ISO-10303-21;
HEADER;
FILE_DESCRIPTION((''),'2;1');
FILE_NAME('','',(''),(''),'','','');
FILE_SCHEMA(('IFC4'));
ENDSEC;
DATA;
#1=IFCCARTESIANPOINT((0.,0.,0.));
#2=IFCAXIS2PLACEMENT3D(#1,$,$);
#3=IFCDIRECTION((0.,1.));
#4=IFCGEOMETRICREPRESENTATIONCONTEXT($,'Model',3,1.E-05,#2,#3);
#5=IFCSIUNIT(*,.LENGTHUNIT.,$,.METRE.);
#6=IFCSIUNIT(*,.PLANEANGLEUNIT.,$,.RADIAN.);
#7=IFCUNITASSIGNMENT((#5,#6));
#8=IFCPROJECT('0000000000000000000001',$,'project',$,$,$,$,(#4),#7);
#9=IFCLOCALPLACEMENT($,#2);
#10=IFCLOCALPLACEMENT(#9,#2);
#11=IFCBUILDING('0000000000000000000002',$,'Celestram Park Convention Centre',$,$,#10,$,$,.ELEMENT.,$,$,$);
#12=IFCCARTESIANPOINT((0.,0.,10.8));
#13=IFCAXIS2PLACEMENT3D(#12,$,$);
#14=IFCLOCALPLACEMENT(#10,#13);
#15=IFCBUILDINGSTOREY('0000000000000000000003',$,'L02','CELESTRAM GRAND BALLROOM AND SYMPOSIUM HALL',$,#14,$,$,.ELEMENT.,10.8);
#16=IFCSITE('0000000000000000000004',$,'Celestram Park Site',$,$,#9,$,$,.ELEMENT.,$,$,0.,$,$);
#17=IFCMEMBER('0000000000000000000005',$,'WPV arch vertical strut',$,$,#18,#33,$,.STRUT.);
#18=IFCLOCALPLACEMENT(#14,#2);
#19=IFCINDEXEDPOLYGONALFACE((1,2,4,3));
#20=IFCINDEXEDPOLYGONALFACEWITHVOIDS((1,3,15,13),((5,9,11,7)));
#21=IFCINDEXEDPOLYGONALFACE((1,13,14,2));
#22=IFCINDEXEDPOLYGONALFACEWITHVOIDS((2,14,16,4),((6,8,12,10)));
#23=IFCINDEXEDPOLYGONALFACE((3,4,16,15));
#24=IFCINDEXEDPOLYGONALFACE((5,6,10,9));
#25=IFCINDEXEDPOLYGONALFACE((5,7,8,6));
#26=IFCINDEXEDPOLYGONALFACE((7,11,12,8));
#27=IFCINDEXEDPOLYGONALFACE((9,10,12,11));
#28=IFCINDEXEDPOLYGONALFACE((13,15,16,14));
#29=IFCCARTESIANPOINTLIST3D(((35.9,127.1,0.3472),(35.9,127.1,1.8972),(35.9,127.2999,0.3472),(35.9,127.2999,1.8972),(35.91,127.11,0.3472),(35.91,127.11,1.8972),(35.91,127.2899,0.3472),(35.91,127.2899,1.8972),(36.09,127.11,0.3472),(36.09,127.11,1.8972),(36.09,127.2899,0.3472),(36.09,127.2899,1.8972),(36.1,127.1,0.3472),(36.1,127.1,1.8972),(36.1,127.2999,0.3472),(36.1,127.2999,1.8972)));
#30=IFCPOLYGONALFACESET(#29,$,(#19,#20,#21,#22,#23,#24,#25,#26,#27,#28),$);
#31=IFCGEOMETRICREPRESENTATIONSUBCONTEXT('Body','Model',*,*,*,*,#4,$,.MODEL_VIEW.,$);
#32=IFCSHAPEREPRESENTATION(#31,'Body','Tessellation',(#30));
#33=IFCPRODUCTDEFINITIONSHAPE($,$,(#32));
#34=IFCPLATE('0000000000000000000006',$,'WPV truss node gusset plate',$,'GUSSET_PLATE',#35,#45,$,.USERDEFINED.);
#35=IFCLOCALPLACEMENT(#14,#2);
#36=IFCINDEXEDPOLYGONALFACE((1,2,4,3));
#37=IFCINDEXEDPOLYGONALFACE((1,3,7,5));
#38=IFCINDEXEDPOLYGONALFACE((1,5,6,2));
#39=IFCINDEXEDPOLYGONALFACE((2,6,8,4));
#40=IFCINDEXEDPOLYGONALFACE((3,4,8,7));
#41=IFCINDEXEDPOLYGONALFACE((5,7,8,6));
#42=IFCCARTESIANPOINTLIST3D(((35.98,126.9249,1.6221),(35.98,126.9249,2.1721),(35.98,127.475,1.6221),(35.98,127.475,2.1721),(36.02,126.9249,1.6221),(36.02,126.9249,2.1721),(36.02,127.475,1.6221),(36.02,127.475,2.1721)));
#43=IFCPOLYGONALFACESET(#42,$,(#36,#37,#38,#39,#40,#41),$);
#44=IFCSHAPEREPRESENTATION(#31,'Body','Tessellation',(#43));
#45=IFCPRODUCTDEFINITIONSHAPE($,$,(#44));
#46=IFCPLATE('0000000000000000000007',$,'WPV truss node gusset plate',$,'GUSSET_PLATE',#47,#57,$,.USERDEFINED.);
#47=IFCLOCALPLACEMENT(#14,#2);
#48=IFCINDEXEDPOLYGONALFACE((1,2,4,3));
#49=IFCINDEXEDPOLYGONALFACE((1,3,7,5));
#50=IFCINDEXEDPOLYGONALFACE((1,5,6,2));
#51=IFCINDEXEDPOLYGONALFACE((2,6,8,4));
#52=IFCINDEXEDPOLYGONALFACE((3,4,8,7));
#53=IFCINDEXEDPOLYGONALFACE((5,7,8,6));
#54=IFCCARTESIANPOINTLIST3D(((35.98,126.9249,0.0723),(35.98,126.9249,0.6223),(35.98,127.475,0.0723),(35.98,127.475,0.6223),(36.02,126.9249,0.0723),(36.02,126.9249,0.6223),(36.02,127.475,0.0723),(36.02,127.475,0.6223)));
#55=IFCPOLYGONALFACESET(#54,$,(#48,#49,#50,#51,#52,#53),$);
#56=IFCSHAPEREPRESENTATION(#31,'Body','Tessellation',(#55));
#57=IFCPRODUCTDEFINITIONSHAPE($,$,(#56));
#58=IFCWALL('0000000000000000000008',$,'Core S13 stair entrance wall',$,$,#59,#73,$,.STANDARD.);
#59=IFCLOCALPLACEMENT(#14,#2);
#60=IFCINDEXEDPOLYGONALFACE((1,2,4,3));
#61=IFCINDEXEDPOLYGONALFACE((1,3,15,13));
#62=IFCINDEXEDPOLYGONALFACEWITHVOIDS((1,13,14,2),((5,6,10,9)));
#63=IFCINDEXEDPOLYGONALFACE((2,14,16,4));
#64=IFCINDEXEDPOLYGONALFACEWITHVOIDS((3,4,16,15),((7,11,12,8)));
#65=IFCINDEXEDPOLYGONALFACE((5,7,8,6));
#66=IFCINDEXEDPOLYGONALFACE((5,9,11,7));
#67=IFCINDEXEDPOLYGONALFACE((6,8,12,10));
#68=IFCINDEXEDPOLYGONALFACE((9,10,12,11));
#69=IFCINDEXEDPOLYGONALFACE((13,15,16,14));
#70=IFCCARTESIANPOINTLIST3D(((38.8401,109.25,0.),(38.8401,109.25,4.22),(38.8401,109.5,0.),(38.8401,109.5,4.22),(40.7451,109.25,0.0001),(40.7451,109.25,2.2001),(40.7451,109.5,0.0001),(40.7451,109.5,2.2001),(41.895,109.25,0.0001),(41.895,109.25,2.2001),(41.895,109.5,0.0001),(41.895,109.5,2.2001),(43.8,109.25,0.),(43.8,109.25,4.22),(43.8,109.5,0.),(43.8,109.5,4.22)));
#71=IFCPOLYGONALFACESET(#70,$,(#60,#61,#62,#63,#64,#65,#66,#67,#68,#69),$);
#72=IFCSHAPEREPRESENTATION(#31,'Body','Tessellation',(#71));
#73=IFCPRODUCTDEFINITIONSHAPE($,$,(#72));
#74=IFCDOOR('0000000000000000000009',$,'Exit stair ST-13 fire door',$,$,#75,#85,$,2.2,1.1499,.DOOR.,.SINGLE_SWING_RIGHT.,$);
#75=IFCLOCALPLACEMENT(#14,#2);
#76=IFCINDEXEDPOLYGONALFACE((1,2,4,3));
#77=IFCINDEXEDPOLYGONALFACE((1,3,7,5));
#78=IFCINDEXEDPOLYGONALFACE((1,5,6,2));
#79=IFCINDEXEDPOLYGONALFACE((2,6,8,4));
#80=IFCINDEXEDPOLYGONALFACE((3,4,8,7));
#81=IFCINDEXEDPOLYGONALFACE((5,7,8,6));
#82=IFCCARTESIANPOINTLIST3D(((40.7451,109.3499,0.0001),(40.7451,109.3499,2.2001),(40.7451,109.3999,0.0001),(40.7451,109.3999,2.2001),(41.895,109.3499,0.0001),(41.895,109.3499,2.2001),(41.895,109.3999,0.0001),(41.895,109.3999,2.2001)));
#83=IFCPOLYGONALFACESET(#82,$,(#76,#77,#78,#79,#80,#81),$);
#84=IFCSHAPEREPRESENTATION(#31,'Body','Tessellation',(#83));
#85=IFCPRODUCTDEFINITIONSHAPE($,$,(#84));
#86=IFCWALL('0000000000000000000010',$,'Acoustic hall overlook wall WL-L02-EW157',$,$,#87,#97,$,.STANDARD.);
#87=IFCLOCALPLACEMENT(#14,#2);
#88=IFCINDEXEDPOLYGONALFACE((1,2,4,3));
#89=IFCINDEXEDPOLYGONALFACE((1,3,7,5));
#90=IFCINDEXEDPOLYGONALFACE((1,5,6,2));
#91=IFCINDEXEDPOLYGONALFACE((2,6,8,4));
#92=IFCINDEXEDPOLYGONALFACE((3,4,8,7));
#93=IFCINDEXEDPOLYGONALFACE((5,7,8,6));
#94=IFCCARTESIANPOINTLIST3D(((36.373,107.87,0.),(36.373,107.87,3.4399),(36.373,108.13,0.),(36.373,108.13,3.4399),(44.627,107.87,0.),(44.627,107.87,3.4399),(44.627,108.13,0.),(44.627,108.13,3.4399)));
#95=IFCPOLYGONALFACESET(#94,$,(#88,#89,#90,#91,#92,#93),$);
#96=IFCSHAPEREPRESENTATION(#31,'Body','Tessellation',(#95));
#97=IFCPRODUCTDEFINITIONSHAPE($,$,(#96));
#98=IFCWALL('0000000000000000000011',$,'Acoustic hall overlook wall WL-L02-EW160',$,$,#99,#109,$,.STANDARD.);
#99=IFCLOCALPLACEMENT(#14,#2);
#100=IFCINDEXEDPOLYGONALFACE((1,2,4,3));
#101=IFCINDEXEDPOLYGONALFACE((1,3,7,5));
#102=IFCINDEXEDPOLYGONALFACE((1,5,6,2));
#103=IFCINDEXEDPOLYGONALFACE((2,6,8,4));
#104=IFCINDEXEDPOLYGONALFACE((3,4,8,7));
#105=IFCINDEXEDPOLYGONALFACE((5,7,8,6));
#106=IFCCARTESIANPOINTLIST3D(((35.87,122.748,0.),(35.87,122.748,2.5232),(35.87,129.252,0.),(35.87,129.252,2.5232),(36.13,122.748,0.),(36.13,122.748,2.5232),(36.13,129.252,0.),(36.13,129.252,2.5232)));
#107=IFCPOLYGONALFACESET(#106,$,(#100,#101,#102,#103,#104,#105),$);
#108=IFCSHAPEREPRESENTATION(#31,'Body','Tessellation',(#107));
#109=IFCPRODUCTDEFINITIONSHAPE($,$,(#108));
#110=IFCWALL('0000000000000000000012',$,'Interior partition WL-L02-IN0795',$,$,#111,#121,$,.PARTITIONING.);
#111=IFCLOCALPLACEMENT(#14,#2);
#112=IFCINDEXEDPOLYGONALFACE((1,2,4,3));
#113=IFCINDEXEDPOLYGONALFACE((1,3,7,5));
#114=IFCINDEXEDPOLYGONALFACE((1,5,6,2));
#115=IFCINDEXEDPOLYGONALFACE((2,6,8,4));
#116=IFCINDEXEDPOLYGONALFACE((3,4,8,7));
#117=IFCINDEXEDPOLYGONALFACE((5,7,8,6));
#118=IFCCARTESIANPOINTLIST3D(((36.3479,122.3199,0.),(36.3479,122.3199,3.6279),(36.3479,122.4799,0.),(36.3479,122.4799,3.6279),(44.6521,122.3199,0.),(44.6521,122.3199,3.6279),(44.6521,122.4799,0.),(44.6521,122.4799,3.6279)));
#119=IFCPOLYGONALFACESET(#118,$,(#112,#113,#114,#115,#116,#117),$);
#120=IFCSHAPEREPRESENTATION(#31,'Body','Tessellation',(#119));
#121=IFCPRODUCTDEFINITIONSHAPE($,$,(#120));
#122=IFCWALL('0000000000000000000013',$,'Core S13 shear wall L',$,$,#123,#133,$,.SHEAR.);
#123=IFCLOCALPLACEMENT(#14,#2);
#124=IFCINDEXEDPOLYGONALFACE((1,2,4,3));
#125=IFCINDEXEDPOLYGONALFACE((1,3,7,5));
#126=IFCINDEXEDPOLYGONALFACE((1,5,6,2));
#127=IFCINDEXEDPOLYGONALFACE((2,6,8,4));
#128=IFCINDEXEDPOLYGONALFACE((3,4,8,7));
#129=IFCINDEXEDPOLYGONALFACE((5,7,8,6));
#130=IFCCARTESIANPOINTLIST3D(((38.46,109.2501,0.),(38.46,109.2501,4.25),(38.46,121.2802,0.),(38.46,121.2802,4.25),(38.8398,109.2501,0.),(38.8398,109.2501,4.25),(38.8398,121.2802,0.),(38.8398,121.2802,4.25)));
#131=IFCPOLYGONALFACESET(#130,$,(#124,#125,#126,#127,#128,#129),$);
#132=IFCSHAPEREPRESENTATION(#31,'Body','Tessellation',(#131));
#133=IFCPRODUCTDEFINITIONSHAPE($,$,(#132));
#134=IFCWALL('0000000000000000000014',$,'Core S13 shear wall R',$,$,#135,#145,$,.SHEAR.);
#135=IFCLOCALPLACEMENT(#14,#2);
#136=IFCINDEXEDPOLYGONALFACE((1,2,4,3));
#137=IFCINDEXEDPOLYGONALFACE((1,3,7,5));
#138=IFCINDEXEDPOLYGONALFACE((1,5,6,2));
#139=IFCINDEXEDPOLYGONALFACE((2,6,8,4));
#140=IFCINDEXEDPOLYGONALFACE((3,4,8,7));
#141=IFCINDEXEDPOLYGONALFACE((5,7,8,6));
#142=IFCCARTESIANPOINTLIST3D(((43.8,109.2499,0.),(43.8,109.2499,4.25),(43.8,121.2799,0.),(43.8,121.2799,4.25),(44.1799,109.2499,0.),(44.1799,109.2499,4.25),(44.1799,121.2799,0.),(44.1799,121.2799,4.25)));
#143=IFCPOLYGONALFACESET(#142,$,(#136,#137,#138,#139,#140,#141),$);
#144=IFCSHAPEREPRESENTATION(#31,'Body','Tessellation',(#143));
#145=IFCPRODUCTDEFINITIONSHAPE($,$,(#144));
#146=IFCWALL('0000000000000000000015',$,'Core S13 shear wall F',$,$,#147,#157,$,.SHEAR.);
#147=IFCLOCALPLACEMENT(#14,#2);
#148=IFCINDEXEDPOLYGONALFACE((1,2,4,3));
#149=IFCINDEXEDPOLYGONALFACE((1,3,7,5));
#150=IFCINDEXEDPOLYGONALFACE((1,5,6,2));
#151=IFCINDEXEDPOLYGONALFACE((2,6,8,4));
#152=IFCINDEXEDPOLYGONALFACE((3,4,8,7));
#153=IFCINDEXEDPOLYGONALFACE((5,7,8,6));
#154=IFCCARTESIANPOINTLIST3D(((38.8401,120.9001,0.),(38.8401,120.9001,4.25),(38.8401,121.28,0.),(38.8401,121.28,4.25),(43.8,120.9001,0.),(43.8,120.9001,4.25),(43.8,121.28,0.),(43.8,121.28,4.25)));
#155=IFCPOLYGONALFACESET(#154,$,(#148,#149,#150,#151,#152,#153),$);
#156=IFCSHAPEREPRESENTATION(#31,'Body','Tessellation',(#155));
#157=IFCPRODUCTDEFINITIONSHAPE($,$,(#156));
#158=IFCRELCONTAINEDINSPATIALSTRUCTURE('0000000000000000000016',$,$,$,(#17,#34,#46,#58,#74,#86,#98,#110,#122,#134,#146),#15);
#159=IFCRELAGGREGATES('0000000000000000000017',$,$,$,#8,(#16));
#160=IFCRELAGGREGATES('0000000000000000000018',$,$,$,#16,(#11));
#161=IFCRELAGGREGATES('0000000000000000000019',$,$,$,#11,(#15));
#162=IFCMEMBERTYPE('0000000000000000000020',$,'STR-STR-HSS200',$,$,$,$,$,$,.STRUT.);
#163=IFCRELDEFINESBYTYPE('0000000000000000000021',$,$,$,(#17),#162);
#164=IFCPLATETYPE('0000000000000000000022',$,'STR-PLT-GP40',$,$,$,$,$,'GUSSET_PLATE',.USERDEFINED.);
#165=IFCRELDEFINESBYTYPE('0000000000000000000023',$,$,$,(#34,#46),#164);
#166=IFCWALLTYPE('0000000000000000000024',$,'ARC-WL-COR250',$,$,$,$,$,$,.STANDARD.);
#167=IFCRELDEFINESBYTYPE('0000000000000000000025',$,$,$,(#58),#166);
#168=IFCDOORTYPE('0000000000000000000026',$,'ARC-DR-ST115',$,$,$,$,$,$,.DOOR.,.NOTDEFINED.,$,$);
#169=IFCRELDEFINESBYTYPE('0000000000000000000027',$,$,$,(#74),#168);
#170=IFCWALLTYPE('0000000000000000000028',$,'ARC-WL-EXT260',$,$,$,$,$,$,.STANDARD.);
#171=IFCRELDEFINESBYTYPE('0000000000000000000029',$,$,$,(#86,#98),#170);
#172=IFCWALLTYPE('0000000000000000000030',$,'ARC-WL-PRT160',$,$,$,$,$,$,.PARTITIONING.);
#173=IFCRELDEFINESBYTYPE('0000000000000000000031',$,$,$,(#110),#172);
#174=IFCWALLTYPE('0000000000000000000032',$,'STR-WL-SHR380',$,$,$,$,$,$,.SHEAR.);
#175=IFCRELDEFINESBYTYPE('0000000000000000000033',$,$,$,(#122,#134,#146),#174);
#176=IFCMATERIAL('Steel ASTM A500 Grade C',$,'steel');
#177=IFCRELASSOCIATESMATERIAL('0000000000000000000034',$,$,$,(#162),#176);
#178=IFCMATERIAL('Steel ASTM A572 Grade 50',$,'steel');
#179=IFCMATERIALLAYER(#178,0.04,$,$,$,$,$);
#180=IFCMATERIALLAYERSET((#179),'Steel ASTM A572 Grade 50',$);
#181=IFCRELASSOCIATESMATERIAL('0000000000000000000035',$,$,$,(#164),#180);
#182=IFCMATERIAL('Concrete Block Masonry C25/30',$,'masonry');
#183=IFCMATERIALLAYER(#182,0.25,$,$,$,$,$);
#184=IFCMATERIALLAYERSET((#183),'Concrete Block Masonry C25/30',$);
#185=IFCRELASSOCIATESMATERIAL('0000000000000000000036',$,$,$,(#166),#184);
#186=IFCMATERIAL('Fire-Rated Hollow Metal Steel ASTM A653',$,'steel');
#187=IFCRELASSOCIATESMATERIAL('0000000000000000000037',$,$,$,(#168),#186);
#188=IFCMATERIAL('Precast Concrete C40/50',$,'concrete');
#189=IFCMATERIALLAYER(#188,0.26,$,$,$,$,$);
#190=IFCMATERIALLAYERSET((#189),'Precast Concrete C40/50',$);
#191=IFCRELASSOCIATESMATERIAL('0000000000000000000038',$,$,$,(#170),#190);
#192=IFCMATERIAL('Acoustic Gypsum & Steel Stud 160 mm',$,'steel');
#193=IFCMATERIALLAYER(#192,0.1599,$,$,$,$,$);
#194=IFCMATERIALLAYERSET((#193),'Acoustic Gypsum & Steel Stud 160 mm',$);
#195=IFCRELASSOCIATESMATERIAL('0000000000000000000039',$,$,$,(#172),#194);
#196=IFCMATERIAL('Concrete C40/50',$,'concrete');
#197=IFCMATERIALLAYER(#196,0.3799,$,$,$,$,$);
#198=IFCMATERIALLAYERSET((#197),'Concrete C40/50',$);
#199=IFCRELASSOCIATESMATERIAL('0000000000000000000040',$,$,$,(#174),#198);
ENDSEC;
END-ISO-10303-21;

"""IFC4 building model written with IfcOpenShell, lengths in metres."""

from ifc_helpers import new_model, si_unit, direction, frame, frame_2d, origin, origin_2d, place, context, subcontext, project, spatial, rectangle, hollow_rectangle, extrude, material, layer, layer_set, material_profile, profile_set, type_object, element, fill, save


model = new_model("IFC4")

# Units and contexts
model_context = context("Model", 3, precision=1e-05, world=origin(), true_north=direction((0.0, 1.0)))
body_context = subcontext(model_context, "Body", "Model", "MODEL_VIEW")
ifc_project = project(units=[si_unit("LENGTHUNIT", "METRE"), si_unit("PLANEANGLEUNIT", "RADIAN")], contexts=[model_context])

# Site, building, storey
site_placement = place(None, origin())
site = spatial("IfcSite", under=ifc_project, at=site_placement, Name="Celestram Park Site", CompositionType="ELEMENT", RefElevation=0.0)
building_placement = place(site_placement, origin())
building = spatial("IfcBuilding", under=site, at=building_placement, Name="Celestram Park Convention Centre", CompositionType="ELEMENT")
storey_placement = place(building_placement, frame((0.0, 0.0, 10.8)))
storey = spatial("IfcBuildingStorey", under=building, at=storey_placement, Name="L02", Description="CELESTRAM GRAND BALLROOM AND SYMPOSIUM HALL", CompositionType="ELEMENT", Elevation=10.8)

# Shared definitions
ifc_material_1 = material(Name="Concrete C40/50", Category="concrete")

# Shared definitions
ifc_material_2 = material(Name="Steel ASTM A500 Grade C", Category="steel")

# Member
ifc_material_profile_1 = material_profile(ifc_material_2, hollow_rectangle(XDim=0.2, YDim=0.2, WallThickness=0.01, at=origin_2d()), Name="HSS200X200X10")
ifc_profile_set_1 = profile_set([ifc_material_profile_1], Name="Steel ASTM A500 Grade C")
member_type_1 = type_object("IfcMemberType", Name="STR-STR-HSS200", PredefinedType="STRUT", material=ifc_profile_set_1)
member_1_placement = place(storey_placement, frame((36.0, 127.2, 0.3472), z_axis=(0.0, 0.0, 1.0), x_axis=(1.0, 0.0, 0.0)))
element("IfcMember", 1, at=member_1_placement, inside=storey, type_object=member_type_1, Name="WPV arch vertical strut", PredefinedType="STRUT", context=body_context, shape_type="SweptSolid", body=[
    extrude(hollow_rectangle(XDim=0.2, YDim=0.2, WallThickness=0.01, at=origin_2d()), origin(), (0.0, 0.0, 1.0), 1.55),
])

# Plates
ifc_material_3 = material(Name="Steel ASTM A572 Grade 50", Category="steel")
ifc_layer_1 = layer(ifc_material_3, 0.04)
ifc_layer_set_1 = layer_set([ifc_layer_1], Name="Steel ASTM A572 Grade 50")
plate_type = type_object("IfcPlateType", Name="STR-PLT-GP40", ElementType="GUSSET_PLATE", PredefinedType="USERDEFINED", material=ifc_layer_set_1)
for number, where, z_axis, x_axis, name in (
    (2, (36.0, 127.2, 1.6221), (0.0, 0.0, 1.0), (0.0, 1.0, 0.0), "WPV truss node gusset plate"),
    (3, (36.0, 127.2, 0.0723), (0.0, 0.0, 1.0), (0.0, 1.0, 0.0), "WPV truss node gusset plate"),
):
    element("IfcPlate", number, at=place(storey_placement, frame(where, z_axis=z_axis, x_axis=x_axis)), inside=storey, type_object=plate_type, Name=name, ObjectType="GUSSET_PLATE", PredefinedType="USERDEFINED", context=body_context, shape_type="SweptSolid", body=[
        extrude(rectangle(XDim=0.55, YDim=0.04, at=origin_2d()), origin(), (0.0, 0.0, 1.0), 0.55),
    ])

# Wall, opening, door
ifc_material_4 = material(Name="Concrete Block Masonry C25/30", Category="masonry")
ifc_layer_2 = layer(ifc_material_4, 0.25)
ifc_layer_set_2 = layer_set([ifc_layer_2], Name="Concrete Block Masonry C25/30")
wall_type_1 = type_object("IfcWallType", Name="ARC-WL-COR250", PredefinedType="STANDARD", material=ifc_layer_set_2)
wall_1_placement = place(storey_placement, frame((38.8401, 109.375, 0.0), z_axis=(0.0, 0.0, 1.0), x_axis=(1.0, 0.0, 0.0)))
wall_1 = element("IfcWall", 4, at=wall_1_placement, inside=storey, type_object=wall_type_1, Name="Core S13 stair entrance wall", PredefinedType="STANDARD", context=body_context, shape_type="SweptSolid", body=[
    extrude(rectangle(XDim=4.96, YDim=0.25, at=frame_2d((2.48, 0.0))), origin(), (0.0, 0.0, 1.0), 4.22),
])
opening_placement = place(wall_1_placement, frame((1.905, 0.0, 0.0)))
opening = element("IfcOpeningElement", 5, at=opening_placement, cuts=wall_1, PredefinedType="OPENING", context=body_context, shape_type="SweptSolid", body=[
    extrude(rectangle(XDim=1.1499, YDim=2.2, at=frame_2d((0.575, 1.1001))), frame((0.0, 0.135, 0.0), z_axis=(0.0, -1.0, 0.0), x_axis=(1.0, 0.0, 0.0)), (0.0, 0.0, 1.0), 0.27),
])
ifc_material_5 = material(Name="Fire-Rated Hollow Metal Steel ASTM A653", Category="steel")
door_type = type_object("IfcDoorType", Name="ARC-DR-ST115", OperationType="NOTDEFINED", PredefinedType="DOOR", material=ifc_material_5)
door_placement = place(opening_placement, origin())
door = element("IfcDoor", 6, at=door_placement, inside=storey, type_object=door_type, Name="Exit stair ST-13 fire door", OperationType="SINGLE_SWING_RIGHT", OverallHeight=2.2, OverallWidth=1.1499, PredefinedType="DOOR", context=body_context, shape_type="SweptSolid", body=[
    extrude(rectangle(XDim=1.1499, YDim=2.2, at=frame_2d((0.575, 1.1001))), frame((0.0, 0.0249, 0.0), z_axis=(0.0, -1.0, 0.0), x_axis=(1.0, 0.0, 0.0)), (0.0, 0.0, 1.0), 0.05),
])
fill(opening, door)

# Walls
ifc_material_6 = material(Name="Precast Concrete C40/50", Category="concrete")
ifc_layer_3 = layer(ifc_material_6, 0.26)
ifc_layer_set_3 = layer_set([ifc_layer_3], Name="Precast Concrete C40/50")
wall_type_2 = type_object("IfcWallType", Name="ARC-WL-EXT260", PredefinedType="STANDARD", material=ifc_layer_set_3)
wall_2_placement = place(storey_placement, frame((44.627, 108.0, 0.0), z_axis=(0.0, 0.0, 1.0), x_axis=(-1.0, 0.0, 0.0)))
element("IfcWall", 7, at=wall_2_placement, inside=storey, type_object=wall_type_2, Name="Acoustic hall overlook wall WL-L02-EW157", PredefinedType="STANDARD", context=body_context, shape_type="SweptSolid", body=[
    extrude(rectangle(XDim=8.2539, YDim=0.26, at=frame_2d((4.127, 0.0))), origin(), (0.0, 0.0, 1.0), 3.4399),
])
wall_3_placement = place(storey_placement, frame((36.0, 122.748, 0.0), z_axis=(0.0, 0.0, 1.0), x_axis=(0.0, 1.0, 0.0)))
element("IfcWall", 8, at=wall_3_placement, inside=storey, type_object=wall_type_2, Name="Acoustic hall overlook wall WL-L02-EW160", PredefinedType="STANDARD", context=body_context, shape_type="SweptSolid", body=[
    extrude(rectangle(XDim=6.5039, YDim=0.26, at=frame_2d((3.252, 0.0))), origin(), (0.0, 0.0, 1.0), 2.5232),
])
ifc_material_7 = material(Name="Acoustic Gypsum & Steel Stud 160 mm", Category="steel")
ifc_layer_4 = layer(ifc_material_7, 0.1599)
ifc_layer_set_4 = layer_set([ifc_layer_4], Name="Acoustic Gypsum & Steel Stud 160 mm")
wall_type_3 = type_object("IfcWallType", Name="ARC-WL-PRT160", PredefinedType="PARTITIONING", material=ifc_layer_set_4)
wall_4_placement = place(storey_placement, frame((36.3479, 122.3999, 0.0), z_axis=(0.0, 0.0, 1.0), x_axis=(1.0, 0.0, 0.0)))
element("IfcWall", 9, at=wall_4_placement, inside=storey, type_object=wall_type_3, Name="Interior partition WL-L02-IN0795", PredefinedType="PARTITIONING", context=body_context, shape_type="SweptSolid", body=[
    extrude(rectangle(XDim=8.3042, YDim=0.1599, at=frame_2d((4.1521, 0.0))), origin(), (0.0, 0.0, 1.0), 3.6279),
])
ifc_layer_5 = layer(ifc_material_1, 0.3799)
ifc_layer_set_5 = layer_set([ifc_layer_5], Name="Concrete C40/50")
wall_type_4 = type_object("IfcWallType", Name="STR-WL-SHR380", PredefinedType="SHEAR", material=ifc_layer_set_5)
for number, where, z_axis, x_axis, name in (
    (10, (38.6499, 109.25, 0.0), (0.0, 0.0, 1.0), (0.0, 1.0, 0.0), "Core S13 shear wall L"),
    (11, (43.99, 121.28, 0.0), (0.0, 0.0, 1.0), (0.0, -1.0, 0.0), "Core S13 shear wall R"),
):
    element("IfcWall", number, at=place(storey_placement, frame(where, z_axis=z_axis, x_axis=x_axis)), inside=storey, type_object=wall_type_4, Name=name, PredefinedType="SHEAR", context=body_context, shape_type="SweptSolid", body=[
        extrude(rectangle(XDim=12.03, YDim=0.3799, at=frame_2d((6.0151, 0.0))), origin(), (0.0, 0.0, 1.0), 4.25),
    ])
wall_5_placement = place(storey_placement, frame((38.8401, 121.0901, 0.0), z_axis=(0.0, 0.0, 1.0), x_axis=(1.0, 0.0, 0.0)))
element("IfcWall", 12, at=wall_5_placement, inside=storey, type_object=wall_type_4, Name="Core S13 shear wall F", PredefinedType="SHEAR", context=body_context, shape_type="SweptSolid", body=[
    extrude(rectangle(XDim=4.96, YDim=0.3799, at=frame_2d((2.48, 0.0))), origin(), (0.0, 0.0, 1.0), 4.25),
])

save(model, "model.ifc")
